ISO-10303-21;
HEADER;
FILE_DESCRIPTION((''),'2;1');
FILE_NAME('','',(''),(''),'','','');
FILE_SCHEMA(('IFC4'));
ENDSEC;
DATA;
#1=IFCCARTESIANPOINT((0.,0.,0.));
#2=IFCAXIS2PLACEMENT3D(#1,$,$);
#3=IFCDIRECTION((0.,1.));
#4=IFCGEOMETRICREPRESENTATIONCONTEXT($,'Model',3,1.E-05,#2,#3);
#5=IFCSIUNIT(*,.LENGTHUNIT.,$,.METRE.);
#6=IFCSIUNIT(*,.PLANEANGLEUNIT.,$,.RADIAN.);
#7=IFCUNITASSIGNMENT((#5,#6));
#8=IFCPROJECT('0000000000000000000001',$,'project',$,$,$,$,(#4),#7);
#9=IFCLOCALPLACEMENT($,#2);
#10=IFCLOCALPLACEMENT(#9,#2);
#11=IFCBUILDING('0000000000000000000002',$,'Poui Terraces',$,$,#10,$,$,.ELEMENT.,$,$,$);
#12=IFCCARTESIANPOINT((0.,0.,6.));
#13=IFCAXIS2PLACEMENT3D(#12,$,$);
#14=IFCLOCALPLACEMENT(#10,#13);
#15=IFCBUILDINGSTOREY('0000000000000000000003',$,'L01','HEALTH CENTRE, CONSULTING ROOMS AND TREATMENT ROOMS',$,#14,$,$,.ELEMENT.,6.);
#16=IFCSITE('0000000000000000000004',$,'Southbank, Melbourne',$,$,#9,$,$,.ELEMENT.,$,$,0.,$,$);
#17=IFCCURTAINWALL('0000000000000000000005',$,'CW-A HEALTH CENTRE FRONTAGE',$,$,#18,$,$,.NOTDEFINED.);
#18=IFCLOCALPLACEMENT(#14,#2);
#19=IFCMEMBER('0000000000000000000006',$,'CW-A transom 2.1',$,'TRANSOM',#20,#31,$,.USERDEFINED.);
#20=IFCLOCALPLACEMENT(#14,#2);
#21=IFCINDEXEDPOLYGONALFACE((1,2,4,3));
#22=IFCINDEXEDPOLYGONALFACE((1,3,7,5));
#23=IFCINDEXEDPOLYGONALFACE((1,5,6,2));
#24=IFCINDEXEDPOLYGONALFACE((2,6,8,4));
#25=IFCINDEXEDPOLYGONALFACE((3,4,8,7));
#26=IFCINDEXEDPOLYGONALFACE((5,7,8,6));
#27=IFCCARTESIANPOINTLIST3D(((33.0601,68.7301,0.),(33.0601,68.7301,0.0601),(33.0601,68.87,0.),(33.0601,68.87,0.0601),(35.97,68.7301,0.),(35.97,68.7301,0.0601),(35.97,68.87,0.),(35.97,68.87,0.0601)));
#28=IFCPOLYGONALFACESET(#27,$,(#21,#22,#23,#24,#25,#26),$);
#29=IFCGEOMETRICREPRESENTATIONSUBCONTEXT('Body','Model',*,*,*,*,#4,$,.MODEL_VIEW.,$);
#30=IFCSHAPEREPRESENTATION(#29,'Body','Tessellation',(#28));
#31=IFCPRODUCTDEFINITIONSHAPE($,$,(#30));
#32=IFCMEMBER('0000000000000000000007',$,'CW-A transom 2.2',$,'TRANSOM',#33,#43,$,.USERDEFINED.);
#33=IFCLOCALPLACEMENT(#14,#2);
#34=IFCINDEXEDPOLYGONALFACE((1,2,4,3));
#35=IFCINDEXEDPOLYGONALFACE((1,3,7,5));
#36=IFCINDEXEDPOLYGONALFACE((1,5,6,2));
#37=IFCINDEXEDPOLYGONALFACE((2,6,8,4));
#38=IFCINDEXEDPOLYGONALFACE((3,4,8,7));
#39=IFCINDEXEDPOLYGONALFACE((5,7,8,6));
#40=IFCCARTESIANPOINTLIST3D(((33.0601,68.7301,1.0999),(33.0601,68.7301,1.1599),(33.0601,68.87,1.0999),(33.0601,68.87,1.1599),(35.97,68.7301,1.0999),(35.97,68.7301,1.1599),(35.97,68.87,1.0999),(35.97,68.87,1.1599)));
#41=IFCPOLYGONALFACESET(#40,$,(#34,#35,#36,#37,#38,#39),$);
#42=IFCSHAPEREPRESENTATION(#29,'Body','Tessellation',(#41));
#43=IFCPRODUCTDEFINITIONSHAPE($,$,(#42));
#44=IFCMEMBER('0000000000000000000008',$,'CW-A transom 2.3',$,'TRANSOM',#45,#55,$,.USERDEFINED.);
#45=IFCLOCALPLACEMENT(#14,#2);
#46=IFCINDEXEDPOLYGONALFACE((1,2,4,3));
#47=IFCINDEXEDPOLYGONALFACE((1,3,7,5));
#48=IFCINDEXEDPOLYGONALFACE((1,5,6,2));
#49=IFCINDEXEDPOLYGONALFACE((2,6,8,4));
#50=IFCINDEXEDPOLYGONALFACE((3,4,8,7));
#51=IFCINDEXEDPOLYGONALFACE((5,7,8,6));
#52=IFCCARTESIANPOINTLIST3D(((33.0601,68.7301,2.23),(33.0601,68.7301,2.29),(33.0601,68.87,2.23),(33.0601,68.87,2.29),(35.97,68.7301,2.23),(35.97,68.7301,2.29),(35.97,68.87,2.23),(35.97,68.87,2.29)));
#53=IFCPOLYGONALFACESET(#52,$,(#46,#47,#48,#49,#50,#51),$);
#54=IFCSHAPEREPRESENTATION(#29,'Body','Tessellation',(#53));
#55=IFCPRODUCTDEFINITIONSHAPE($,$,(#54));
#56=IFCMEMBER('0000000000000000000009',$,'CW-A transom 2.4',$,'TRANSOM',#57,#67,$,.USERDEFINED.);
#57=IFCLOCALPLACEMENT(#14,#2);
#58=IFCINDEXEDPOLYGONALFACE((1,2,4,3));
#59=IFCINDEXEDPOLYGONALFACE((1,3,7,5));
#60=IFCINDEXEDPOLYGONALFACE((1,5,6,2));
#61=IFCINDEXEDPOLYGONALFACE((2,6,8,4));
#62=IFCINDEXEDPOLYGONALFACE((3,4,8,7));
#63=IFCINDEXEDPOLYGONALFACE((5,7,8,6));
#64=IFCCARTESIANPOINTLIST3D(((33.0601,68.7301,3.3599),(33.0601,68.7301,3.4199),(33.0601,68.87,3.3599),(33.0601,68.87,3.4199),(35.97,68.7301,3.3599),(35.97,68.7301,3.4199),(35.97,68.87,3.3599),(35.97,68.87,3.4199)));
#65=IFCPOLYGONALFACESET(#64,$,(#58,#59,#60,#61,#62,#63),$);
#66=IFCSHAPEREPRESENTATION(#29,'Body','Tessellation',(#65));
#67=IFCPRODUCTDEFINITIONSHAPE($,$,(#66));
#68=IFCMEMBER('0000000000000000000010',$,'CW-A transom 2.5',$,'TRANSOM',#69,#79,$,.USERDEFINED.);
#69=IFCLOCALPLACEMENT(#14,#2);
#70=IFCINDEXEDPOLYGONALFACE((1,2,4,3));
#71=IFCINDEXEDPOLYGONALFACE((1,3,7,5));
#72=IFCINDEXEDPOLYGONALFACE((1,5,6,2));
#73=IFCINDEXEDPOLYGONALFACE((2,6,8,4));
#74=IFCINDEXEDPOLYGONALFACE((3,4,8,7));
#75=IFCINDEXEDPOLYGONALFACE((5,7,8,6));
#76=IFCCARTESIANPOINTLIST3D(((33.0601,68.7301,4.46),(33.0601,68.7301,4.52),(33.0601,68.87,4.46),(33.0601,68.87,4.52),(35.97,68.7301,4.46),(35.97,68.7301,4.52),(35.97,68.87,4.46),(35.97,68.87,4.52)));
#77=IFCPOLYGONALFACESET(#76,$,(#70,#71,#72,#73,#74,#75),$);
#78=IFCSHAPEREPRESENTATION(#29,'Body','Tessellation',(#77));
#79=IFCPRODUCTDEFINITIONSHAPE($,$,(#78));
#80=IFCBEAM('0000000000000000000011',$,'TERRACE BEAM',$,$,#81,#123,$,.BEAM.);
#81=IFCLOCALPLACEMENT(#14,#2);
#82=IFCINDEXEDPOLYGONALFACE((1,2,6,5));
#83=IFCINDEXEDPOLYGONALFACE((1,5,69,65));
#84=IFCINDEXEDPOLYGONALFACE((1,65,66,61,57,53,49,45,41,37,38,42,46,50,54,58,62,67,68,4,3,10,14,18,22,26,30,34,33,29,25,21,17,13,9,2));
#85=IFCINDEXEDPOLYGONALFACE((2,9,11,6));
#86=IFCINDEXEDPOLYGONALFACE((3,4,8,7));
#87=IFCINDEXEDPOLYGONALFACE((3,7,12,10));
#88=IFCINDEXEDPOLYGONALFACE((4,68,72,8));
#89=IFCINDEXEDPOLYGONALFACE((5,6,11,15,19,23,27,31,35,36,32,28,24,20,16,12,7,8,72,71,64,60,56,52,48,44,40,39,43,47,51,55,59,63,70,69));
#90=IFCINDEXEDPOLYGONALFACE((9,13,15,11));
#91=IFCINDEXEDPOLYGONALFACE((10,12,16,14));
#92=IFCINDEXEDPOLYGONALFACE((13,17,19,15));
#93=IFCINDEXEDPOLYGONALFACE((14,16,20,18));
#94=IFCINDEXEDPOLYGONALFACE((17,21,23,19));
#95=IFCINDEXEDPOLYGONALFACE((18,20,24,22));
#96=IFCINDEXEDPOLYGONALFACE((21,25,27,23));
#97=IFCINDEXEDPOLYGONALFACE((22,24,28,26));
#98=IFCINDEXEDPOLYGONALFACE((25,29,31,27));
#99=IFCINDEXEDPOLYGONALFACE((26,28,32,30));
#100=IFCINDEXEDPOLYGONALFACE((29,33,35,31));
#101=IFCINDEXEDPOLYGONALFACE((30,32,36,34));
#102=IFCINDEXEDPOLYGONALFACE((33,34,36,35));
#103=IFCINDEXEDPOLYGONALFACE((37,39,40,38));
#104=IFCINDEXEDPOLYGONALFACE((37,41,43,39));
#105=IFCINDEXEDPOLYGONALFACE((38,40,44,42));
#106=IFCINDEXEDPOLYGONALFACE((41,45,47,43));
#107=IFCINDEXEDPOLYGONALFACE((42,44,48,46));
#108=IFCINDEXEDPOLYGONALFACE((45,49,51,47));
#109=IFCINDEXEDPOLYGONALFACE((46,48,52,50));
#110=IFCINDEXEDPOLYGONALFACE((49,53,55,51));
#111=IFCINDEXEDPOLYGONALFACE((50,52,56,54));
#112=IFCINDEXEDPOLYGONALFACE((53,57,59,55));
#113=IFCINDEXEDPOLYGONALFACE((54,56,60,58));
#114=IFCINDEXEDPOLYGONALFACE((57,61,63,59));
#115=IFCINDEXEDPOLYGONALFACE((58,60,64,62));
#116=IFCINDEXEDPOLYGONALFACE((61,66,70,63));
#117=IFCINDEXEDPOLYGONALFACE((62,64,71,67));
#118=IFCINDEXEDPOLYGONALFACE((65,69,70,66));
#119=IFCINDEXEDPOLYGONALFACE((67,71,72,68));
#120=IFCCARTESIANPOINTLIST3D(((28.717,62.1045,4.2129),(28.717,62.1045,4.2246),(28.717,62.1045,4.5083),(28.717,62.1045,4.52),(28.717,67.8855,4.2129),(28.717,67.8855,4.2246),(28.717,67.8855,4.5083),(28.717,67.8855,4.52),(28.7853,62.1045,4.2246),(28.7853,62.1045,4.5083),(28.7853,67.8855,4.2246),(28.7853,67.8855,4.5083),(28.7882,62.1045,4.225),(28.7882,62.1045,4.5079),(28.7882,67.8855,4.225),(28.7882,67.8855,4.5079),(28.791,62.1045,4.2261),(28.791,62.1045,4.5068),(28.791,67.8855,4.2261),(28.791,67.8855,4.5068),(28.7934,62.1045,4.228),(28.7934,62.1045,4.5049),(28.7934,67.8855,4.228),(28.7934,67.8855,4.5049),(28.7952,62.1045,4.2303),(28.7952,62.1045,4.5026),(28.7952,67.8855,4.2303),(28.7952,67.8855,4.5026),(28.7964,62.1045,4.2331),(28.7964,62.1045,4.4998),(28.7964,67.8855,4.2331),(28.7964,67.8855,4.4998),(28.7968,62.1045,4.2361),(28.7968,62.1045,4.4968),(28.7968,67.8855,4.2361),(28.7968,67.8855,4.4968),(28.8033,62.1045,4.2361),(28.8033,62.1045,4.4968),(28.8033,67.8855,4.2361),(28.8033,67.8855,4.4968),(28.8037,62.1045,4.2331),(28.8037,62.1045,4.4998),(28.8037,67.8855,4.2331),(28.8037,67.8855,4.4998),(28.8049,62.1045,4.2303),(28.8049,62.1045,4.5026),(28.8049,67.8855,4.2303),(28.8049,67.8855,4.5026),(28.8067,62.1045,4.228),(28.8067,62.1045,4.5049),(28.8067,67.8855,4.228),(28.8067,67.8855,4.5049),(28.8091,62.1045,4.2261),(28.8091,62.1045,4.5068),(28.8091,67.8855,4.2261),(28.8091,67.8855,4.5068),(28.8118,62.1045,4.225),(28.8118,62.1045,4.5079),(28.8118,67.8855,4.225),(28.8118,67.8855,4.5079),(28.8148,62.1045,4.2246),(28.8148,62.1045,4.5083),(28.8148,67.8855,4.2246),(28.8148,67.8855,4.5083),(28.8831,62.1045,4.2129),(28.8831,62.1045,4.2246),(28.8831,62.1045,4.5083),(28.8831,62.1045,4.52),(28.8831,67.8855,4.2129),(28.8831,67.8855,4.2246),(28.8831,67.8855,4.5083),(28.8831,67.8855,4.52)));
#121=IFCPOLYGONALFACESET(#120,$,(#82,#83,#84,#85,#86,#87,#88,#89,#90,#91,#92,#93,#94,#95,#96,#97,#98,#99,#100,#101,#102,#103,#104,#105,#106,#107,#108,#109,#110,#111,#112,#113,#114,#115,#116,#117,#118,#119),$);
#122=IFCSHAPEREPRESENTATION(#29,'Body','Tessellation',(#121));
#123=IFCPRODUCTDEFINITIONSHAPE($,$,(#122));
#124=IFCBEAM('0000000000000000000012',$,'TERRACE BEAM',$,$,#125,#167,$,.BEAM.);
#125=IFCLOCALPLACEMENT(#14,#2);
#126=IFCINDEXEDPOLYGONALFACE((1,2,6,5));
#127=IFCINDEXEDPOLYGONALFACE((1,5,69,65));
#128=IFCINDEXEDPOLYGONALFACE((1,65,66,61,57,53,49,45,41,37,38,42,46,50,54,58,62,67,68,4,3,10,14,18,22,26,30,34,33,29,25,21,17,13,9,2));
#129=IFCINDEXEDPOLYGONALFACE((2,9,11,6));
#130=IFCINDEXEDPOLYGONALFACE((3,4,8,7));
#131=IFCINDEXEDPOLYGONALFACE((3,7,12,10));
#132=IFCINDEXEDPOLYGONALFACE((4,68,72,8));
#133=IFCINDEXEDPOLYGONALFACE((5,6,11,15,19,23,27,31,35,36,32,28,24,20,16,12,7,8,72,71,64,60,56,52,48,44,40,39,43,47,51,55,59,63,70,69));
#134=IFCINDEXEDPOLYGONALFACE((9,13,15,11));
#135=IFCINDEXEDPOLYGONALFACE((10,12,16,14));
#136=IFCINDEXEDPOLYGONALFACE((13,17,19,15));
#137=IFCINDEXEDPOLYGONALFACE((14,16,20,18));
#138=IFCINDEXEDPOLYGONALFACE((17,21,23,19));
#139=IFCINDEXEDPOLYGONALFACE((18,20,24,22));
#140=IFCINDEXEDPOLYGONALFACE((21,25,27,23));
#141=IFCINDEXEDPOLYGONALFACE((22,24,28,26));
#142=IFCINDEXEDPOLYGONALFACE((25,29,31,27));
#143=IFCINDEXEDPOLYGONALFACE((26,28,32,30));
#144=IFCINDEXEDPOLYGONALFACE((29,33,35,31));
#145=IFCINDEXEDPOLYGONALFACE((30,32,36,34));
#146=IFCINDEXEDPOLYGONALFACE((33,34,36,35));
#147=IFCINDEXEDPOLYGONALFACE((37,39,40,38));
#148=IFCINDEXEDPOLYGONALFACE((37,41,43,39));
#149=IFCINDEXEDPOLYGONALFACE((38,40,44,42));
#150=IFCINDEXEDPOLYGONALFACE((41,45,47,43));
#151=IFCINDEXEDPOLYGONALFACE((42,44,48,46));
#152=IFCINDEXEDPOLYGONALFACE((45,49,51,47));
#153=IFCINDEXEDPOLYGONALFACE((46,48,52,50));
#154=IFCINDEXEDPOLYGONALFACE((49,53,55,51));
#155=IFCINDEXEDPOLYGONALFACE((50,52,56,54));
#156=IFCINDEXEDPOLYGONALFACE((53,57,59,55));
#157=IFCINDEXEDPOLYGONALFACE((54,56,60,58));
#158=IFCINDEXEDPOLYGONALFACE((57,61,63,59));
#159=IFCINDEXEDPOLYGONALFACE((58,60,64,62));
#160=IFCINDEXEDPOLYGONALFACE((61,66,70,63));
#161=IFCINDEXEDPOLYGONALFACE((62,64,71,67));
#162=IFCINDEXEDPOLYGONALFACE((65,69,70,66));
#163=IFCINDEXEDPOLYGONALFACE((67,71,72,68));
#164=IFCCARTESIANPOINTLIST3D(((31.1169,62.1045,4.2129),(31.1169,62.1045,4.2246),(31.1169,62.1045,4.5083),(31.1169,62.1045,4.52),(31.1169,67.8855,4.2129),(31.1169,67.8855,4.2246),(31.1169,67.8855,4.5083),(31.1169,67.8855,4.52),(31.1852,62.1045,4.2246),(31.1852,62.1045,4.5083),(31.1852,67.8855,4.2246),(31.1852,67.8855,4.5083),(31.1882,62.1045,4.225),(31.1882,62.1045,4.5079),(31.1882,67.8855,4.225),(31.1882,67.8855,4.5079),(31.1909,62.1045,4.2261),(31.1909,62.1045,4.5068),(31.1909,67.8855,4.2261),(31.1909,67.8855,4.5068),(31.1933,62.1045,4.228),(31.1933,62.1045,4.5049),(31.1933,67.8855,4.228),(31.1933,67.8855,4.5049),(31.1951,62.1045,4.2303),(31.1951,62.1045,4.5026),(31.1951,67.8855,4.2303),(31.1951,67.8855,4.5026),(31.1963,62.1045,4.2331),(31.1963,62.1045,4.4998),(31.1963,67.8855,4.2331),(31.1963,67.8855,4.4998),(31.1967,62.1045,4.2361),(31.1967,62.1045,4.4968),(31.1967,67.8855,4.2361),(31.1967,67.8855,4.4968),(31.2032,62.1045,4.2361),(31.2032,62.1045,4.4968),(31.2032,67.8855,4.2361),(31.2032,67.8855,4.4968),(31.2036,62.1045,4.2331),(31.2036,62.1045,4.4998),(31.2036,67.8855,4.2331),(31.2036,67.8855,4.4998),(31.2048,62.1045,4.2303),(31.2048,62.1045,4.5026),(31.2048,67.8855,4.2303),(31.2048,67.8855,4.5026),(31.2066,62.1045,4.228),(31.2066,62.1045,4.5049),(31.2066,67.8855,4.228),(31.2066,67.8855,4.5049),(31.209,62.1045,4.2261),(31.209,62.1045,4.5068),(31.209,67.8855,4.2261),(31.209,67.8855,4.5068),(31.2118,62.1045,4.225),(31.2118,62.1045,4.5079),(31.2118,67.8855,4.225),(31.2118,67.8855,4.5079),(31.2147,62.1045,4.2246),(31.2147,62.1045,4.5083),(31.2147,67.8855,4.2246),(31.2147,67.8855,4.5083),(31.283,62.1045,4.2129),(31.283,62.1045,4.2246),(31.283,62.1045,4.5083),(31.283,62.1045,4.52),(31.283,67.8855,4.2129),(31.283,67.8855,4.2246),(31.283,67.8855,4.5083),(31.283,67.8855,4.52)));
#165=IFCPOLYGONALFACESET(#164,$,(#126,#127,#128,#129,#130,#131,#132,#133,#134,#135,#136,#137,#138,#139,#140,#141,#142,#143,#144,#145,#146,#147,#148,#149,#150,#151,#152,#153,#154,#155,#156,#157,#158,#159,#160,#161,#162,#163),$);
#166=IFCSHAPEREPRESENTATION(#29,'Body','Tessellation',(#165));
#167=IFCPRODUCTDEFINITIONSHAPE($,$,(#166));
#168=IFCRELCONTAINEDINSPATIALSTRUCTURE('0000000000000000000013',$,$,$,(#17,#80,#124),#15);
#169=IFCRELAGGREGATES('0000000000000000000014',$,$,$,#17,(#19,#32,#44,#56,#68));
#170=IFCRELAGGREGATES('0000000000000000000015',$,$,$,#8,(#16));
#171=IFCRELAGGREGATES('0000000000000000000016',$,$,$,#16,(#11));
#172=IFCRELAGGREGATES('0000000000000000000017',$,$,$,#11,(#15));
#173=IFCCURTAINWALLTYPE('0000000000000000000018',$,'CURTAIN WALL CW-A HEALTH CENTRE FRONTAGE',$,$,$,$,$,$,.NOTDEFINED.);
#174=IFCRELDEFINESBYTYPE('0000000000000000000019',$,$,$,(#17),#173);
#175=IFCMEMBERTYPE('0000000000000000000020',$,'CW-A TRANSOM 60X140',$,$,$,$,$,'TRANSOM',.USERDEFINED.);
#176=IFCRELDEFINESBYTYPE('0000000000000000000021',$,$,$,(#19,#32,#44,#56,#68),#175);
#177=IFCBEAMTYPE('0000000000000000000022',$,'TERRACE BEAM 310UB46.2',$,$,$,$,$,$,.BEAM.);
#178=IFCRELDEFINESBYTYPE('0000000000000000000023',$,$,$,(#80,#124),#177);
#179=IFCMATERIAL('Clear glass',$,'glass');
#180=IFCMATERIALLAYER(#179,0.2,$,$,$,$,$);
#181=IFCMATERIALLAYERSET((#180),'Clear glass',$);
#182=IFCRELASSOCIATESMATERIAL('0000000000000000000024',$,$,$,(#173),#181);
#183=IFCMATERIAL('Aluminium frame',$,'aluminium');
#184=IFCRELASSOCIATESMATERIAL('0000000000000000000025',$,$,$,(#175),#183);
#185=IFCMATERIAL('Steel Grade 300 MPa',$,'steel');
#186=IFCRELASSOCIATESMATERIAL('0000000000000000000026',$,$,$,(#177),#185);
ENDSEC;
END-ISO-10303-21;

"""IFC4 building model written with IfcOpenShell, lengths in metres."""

from ifc_helpers import new_model, si_unit, direction, frame, origin, origin_2d, place, context, subcontext, project, spatial, rectangle, i_section, extrude, source, transform, mapped, material, layer, layer_set, material_profile, profile_set, type_object, element, aggregate, save


model = new_model("IFC4")

# Units and contexts
model_context = context("Model", 3, precision=1e-05, world=origin(), true_north=direction((0.0, 1.0)))
body_context = subcontext(model_context, "Body", "Model", "MODEL_VIEW")
ifc_project = project(units=[si_unit("LENGTHUNIT", "METRE"), si_unit("PLANEANGLEUNIT", "RADIAN")], contexts=[model_context])

# Site, building, storey
site_placement = place(None, origin())
site = spatial("IfcSite", under=ifc_project, at=site_placement, Name="Southbank, Melbourne", CompositionType="ELEMENT", RefElevation=0.0)
building_placement = place(site_placement, origin())
building = spatial("IfcBuilding", under=site, at=building_placement, Name="Poui Terraces", CompositionType="ELEMENT")
storey_placement = place(building_placement, frame((0.0, 0.0, 6.0)))
storey = spatial("IfcBuildingStorey", under=building, at=storey_placement, Name="L01", Description="HEALTH CENTRE, CONSULTING ROOMS AND TREATMENT ROOMS", CompositionType="ELEMENT", Elevation=6.0)

# Shared definitions
ifc_material_1 = material(Name="Clear glass", Category="glass")
ifc_layer_1 = layer(ifc_material_1, 0.2)
ifc_layer_set_1 = layer_set([ifc_layer_1], Name="Clear glass")
curtain_wall_type = type_object("IfcCurtainWallType", Name="CURTAIN WALL CW-A HEALTH CENTRE FRONTAGE", PredefinedType="NOTDEFINED", material=ifc_layer_set_1)
ifc_material_2 = material(Name="Aluminium frame", Category="aluminium")

# Curtain wall
curtain_wall_1_placement = place(storey_placement, origin())
curtain_wall_1 = element("IfcCurtainWall", 1, at=curtain_wall_1_placement, inside=storey, type_object=curtain_wall_type, Name="CW-A HEALTH CENTRE FRONTAGE", PredefinedType="NOTDEFINED")

# Members
ifc_material_profile_1 = material_profile(ifc_material_2, rectangle(XDim=0.1399, YDim=0.0601, at=origin_2d()), Name="CW-A TRANSOM 60X140")
ifc_profile_set_1 = profile_set([ifc_material_profile_1], Name="Aluminium frame")
member_type_1 = type_object("IfcMemberType", Name="CW-A TRANSOM 60X140", ElementType="TRANSOM", PredefinedType="USERDEFINED", material=ifc_profile_set_1)
member_1_placement = place(storey_placement, frame((35.97, 68.8, 0.03), z_axis=(-1.0, 0.0, 0.0), x_axis=(0.0, -1.0, 0.0)))
member_1 = element("IfcMember", 2, at=member_1_placement, type_object=member_type_1, Name="CW-A transom 2.1", ObjectType="TRANSOM", PredefinedType="USERDEFINED", context=body_context, shape_type="SweptSolid", body=[
    extrude(rectangle(XDim=0.1399, YDim=0.0601, at=origin_2d()), origin(), (0.0, 0.0, 1.0), 2.9099),
])
member_2_placement = place(storey_placement, frame((35.97, 68.8, 1.1299), z_axis=(-1.0, 0.0, 0.0), x_axis=(0.0, -1.0, 0.0)))
member_2 = element("IfcMember", 3, at=member_2_placement, type_object=member_type_1, Name="CW-A transom 2.2", ObjectType="TRANSOM", PredefinedType="USERDEFINED", context=body_context, shape_type="SweptSolid", body=[
    extrude(rectangle(XDim=0.1399, YDim=0.0601, at=origin_2d()), origin(), (0.0, 0.0, 1.0), 2.9099),
])
member_3_placement = place(storey_placement, frame((35.97, 68.8, 2.26), z_axis=(-1.0, 0.0, 0.0), x_axis=(0.0, -1.0, 0.0)))
member_3 = element("IfcMember", 4, at=member_3_placement, type_object=member_type_1, Name="CW-A transom 2.3", ObjectType="TRANSOM", PredefinedType="USERDEFINED", context=body_context, shape_type="SweptSolid", body=[
    extrude(rectangle(XDim=0.1399, YDim=0.0601, at=origin_2d()), origin(), (0.0, 0.0, 1.0), 2.9099),
])
member_4_placement = place(storey_placement, frame((35.97, 68.8, 3.3899), z_axis=(-1.0, 0.0, 0.0), x_axis=(0.0, -1.0, 0.0)))
member_4 = element("IfcMember", 5, at=member_4_placement, type_object=member_type_1, Name="CW-A transom 2.4", ObjectType="TRANSOM", PredefinedType="USERDEFINED", context=body_context, shape_type="SweptSolid", body=[
    extrude(rectangle(XDim=0.1399, YDim=0.0601, at=origin_2d()), origin(), (0.0, 0.0, 1.0), 2.9099),
])
member_5_placement = place(storey_placement, frame((35.97, 68.8, 4.49), z_axis=(-1.0, 0.0, 0.0), x_axis=(0.0, -1.0, 0.0)))
member_5 = element("IfcMember", 6, at=member_5_placement, type_object=member_type_1, Name="CW-A transom 2.5", ObjectType="TRANSOM", PredefinedType="USERDEFINED", context=body_context, shape_type="SweptSolid", body=[
    extrude(rectangle(XDim=0.1399, YDim=0.0601, at=origin_2d()), origin(), (0.0, 0.0, 1.0), 2.9099),
])

# Beams
ifc_material_3 = material(Name="Steel Grade 300 MPa", Category="steel")
ifc_material_profile_2 = material_profile(ifc_material_3, i_section(OverallWidth=0.166, OverallDepth=0.3071, WebThickness=0.0066, FlangeThickness=0.0117, FilletRadius=0.0115, at=origin_2d()), Name="310UB46.2")
ifc_profile_set_2 = profile_set([ifc_material_profile_2], Name="Steel Grade 300 MPa")
beam_type = type_object("IfcBeamType", Name="TERRACE BEAM 310UB46.2", PredefinedType="BEAM", material=ifc_profile_set_2)
shared_shape_1 = source(origin(), body_context, "Body", "SweptSolid", [
    extrude(i_section(OverallWidth=0.166, OverallDepth=0.3071, WebThickness=0.0066, FlangeThickness=0.0117, FilletRadius=0.0115, at=origin_2d()), origin(), (0.0, 0.0, 1.0), 5.781),
])
for number, where, z_axis, x_axis, name in (
    (7, (28.8, 62.1045, 4.3665), (0.0, 1.0, 0.0), (-1.0, 0.0, 0.0), "TERRACE BEAM"),
    (8, (31.2, 62.1045, 4.3665), (0.0, 1.0, 0.0), (-1.0, 0.0, 0.0), "TERRACE BEAM"),
):
    element("IfcBeam", number, at=place(storey_placement, frame(where, z_axis=z_axis, x_axis=x_axis)), inside=storey, type_object=beam_type, Name=name, PredefinedType="BEAM", context=body_context, shape_type="MappedRepresentation", body=[
        mapped(shared_shape_1, transform((0.0, 0.0, 0.0))),
    ])

aggregate(curtain_wall_1, [member_1, member_2, member_3, member_4, member_5])

save(model, "model.ifc")
